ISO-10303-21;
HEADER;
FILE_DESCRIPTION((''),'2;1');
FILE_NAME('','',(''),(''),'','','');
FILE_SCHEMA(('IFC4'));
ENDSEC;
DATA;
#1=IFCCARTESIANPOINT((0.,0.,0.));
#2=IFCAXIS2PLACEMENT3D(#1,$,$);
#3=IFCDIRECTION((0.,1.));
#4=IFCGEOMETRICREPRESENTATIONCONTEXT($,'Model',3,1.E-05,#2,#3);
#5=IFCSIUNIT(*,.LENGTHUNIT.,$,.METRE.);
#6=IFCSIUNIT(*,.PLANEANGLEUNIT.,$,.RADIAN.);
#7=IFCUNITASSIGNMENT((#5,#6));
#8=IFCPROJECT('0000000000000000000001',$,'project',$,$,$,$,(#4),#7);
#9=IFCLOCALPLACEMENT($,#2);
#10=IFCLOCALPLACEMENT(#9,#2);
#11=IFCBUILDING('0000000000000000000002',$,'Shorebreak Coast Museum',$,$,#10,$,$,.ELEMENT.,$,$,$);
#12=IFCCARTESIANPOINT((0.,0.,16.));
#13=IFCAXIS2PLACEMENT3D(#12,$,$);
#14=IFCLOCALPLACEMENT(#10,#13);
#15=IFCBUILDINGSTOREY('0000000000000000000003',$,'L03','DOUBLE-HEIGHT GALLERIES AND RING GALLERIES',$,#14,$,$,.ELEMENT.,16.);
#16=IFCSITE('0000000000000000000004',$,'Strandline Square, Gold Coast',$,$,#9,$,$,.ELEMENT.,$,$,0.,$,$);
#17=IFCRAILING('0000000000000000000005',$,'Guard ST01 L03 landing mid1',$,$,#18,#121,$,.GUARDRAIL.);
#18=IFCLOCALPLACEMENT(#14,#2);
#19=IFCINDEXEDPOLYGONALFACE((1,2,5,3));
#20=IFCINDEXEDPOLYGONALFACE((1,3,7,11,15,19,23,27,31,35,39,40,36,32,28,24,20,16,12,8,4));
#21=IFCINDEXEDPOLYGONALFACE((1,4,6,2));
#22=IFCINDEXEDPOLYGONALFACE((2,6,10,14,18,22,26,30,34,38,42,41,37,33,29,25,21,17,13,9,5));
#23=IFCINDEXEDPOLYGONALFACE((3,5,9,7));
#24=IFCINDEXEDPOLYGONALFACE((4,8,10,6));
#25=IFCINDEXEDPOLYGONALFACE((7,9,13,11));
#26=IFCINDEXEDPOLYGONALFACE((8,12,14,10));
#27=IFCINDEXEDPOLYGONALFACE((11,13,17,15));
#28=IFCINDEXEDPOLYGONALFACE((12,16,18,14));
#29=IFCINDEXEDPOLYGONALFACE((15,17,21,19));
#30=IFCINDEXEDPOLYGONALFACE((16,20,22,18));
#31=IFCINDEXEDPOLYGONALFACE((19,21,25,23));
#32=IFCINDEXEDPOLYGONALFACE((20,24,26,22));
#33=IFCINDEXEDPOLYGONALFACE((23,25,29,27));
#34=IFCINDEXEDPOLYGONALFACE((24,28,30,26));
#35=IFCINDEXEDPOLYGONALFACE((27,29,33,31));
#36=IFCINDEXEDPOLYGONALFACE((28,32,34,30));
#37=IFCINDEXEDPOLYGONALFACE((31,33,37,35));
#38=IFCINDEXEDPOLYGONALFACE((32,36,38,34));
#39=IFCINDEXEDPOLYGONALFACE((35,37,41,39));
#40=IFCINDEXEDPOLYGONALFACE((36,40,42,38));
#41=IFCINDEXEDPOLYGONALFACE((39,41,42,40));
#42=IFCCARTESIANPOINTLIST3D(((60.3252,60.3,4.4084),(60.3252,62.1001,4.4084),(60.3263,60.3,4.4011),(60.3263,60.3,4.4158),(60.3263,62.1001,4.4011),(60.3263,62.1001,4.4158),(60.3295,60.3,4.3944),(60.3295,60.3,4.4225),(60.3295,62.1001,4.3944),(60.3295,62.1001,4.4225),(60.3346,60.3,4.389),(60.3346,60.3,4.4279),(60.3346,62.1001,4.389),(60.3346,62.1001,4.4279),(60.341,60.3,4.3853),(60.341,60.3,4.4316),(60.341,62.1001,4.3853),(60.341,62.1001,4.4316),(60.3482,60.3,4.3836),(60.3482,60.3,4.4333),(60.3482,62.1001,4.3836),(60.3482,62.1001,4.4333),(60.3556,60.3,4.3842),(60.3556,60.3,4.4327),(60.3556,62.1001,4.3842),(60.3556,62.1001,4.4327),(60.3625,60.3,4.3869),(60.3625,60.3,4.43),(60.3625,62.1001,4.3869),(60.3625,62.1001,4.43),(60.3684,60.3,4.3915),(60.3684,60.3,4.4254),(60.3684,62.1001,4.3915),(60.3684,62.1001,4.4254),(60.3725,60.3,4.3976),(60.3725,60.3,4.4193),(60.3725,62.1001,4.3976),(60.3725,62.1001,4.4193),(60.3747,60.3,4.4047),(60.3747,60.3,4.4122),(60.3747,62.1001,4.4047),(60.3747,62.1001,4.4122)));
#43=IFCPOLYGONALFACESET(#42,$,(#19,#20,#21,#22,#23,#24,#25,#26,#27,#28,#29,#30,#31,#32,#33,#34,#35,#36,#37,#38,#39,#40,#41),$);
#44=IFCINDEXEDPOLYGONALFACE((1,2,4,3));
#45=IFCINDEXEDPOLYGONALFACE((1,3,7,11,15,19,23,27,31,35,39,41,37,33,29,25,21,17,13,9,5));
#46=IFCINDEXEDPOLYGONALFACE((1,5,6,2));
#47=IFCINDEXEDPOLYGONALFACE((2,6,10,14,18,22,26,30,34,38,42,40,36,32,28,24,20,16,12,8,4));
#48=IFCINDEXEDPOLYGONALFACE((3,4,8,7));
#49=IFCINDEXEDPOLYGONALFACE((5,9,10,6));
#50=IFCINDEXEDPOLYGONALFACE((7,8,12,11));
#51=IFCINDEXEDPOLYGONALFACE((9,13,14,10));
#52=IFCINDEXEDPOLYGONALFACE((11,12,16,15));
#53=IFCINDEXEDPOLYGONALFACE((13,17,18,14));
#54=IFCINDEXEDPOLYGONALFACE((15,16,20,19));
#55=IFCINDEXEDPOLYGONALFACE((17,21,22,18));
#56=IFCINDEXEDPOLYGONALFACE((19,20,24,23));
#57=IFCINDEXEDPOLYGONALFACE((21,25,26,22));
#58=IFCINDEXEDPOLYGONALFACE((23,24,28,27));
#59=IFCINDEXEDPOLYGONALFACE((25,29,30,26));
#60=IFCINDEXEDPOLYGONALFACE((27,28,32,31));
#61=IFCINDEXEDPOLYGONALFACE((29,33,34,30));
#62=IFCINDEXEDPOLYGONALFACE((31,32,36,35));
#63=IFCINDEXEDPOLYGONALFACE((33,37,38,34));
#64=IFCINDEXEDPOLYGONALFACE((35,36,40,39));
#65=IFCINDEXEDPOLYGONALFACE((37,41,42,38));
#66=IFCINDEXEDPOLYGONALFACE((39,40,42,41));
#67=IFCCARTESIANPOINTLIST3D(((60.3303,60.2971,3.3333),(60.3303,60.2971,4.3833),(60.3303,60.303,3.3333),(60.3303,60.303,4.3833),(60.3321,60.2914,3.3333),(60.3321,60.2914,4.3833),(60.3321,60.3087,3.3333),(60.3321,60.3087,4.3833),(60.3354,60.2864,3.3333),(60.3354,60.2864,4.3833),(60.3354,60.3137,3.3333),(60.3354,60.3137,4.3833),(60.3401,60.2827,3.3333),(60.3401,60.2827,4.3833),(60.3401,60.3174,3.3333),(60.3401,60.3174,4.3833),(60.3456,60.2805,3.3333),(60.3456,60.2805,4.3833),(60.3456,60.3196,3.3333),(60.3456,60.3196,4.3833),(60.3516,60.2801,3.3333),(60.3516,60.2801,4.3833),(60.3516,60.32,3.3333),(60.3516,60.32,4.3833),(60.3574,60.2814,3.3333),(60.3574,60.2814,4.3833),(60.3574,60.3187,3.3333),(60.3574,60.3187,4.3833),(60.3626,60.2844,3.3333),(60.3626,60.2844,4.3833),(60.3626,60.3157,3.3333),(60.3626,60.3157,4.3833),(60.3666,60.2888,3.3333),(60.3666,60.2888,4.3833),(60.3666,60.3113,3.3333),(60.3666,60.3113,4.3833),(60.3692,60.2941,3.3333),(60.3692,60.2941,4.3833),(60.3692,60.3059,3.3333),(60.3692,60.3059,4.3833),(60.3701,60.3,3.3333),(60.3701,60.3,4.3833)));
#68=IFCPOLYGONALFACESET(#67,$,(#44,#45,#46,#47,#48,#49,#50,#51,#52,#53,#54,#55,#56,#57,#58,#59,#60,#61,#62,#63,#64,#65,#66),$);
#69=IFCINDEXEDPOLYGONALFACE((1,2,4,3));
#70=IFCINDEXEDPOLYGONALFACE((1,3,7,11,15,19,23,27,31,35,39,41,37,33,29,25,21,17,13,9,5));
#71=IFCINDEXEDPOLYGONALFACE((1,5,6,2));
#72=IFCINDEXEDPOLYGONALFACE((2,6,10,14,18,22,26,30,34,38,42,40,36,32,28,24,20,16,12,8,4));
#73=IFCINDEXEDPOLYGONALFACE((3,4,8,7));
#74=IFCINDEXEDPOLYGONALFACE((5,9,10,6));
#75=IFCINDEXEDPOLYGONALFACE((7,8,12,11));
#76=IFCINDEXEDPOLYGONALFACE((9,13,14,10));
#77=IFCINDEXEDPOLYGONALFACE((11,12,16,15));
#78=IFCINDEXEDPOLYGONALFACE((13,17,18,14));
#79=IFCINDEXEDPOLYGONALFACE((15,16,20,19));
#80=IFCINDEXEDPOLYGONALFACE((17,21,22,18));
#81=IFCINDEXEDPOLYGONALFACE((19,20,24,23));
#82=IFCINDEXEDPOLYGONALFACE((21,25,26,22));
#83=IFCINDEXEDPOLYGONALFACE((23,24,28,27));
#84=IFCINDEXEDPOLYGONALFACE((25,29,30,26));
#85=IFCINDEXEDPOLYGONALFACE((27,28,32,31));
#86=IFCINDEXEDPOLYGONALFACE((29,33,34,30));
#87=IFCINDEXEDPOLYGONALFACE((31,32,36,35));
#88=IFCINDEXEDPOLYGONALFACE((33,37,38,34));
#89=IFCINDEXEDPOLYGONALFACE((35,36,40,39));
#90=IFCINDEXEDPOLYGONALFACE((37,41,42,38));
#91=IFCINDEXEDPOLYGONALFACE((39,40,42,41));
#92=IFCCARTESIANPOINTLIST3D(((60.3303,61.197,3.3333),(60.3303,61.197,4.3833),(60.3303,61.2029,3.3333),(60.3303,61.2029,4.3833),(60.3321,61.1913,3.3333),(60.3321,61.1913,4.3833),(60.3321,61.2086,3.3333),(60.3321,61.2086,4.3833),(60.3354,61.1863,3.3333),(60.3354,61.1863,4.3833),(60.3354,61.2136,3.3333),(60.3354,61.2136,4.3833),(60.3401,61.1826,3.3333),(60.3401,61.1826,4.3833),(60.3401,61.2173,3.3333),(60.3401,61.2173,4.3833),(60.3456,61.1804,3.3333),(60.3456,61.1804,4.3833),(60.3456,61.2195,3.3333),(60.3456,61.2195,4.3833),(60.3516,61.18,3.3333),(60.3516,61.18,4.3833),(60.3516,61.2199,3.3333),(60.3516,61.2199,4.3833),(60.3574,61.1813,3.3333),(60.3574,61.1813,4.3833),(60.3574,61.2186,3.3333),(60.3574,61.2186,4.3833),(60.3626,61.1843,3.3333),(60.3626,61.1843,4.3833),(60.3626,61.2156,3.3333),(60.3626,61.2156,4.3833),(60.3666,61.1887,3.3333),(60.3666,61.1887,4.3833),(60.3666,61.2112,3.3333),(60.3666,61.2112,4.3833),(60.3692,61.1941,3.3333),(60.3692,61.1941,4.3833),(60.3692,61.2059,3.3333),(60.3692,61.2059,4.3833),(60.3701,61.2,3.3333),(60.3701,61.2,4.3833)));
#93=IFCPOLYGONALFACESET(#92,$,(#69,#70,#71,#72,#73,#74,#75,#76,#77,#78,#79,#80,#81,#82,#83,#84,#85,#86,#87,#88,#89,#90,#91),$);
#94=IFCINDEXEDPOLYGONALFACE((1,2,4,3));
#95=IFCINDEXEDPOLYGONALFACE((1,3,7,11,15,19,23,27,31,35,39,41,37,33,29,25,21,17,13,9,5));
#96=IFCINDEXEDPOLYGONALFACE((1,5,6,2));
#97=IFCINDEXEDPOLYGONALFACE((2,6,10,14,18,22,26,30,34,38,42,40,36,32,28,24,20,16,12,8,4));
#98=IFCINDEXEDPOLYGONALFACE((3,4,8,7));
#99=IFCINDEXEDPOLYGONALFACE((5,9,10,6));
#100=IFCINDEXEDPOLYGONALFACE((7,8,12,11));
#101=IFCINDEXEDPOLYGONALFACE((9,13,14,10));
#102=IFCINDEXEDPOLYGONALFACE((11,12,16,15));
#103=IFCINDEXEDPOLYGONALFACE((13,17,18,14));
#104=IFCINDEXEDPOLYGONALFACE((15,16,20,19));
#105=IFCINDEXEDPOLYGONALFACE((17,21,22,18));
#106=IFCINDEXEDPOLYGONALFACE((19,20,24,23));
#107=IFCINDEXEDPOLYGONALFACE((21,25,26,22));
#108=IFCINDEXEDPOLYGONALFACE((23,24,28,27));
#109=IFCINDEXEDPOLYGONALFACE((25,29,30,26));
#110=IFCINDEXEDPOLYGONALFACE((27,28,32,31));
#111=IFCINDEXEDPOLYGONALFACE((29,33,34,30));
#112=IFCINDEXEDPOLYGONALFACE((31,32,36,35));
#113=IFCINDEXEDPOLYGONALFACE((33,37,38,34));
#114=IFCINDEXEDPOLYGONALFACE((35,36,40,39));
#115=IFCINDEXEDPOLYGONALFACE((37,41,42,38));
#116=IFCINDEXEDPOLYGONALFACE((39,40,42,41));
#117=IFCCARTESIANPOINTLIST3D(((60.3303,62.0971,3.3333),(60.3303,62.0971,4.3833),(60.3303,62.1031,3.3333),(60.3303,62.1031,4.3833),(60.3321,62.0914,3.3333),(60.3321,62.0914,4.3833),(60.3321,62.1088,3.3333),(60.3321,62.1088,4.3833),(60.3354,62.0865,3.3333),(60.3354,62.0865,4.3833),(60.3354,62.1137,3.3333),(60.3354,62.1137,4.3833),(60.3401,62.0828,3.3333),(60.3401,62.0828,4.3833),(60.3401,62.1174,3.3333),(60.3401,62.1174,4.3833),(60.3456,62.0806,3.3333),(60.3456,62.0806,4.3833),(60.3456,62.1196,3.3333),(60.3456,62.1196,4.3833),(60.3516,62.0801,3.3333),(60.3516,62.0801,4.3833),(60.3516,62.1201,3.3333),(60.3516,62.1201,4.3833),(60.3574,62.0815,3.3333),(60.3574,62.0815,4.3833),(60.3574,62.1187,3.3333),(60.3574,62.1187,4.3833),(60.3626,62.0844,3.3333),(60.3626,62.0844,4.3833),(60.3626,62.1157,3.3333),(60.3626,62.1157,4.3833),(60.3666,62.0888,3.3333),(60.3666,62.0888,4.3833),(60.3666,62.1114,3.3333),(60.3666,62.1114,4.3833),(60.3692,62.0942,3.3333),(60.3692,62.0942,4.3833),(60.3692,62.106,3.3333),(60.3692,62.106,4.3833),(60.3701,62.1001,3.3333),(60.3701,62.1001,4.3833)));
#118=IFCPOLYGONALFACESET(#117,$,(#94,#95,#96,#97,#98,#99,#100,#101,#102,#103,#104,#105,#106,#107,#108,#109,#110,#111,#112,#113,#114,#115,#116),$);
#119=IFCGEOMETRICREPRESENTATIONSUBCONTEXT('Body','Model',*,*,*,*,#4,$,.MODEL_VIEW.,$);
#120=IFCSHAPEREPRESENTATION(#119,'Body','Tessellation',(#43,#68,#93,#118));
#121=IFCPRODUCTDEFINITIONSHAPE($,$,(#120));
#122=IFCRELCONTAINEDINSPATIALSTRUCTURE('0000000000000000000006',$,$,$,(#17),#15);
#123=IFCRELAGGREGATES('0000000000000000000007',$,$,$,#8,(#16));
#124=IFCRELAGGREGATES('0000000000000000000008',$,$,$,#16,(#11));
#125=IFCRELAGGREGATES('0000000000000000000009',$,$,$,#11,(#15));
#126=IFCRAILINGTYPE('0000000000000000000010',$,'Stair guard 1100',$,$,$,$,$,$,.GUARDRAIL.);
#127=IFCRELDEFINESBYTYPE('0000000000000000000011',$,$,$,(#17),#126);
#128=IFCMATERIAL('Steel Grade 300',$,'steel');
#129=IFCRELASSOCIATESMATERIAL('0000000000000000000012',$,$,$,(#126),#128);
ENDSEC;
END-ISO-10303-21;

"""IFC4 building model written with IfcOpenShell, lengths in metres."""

from ifc_helpers import new_model, si_unit, direction, frame, origin, origin_2d, place, context, subcontext, project, spatial, circle, extrude, material, type_object, element, save


model = new_model("IFC4")

# Units and contexts
model_context = context("Model", 3, precision=1e-05, world=origin(), true_north=direction((0.0, 1.0)))
body_context = subcontext(model_context, "Body", "Model", "MODEL_VIEW")
ifc_project = project(units=[si_unit("LENGTHUNIT", "METRE"), si_unit("PLANEANGLEUNIT", "RADIAN")], contexts=[model_context])

# Site, building, storey
site_placement = place(None, origin())
site = spatial("IfcSite", under=ifc_project, at=site_placement, Name="Strandline Square, Gold Coast", CompositionType="ELEMENT", RefElevation=0.0)
building_placement = place(site_placement, origin())
building = spatial("IfcBuilding", under=site, at=building_placement, Name="Shorebreak Coast Museum", CompositionType="ELEMENT")
storey_placement = place(building_placement, frame((0.0, 0.0, 16.0)))
storey = spatial("IfcBuildingStorey", under=building, at=storey_placement, Name="L03", Description="DOUBLE-HEIGHT GALLERIES AND RING GALLERIES", CompositionType="ELEMENT", Elevation=16.0)

# Railing
ifc_material_1 = material(Name="Steel Grade 300", Category="steel")
railing_type_1 = type_object("IfcRailingType", Name="Stair guard 1100", PredefinedType="GUARDRAIL", material=ifc_material_1)
railing_1_placement = place(storey_placement, frame((60.3501, 60.3, 3.3333)))
element("IfcRailing", 1, at=railing_1_placement, inside=storey, type_object=railing_type_1, Name="Guard ST01 L03 landing mid1", PredefinedType="GUARDRAIL", context=body_context, shape_type="SweptSolid", body=[
    extrude(circle(Radius=0.0249, at=origin_2d()), frame((0.0, 0.0, 1.0752), z_axis=(0.0, 1.0, 0.0), x_axis=(-1.0, 0.0, 0.0)), (0.0, 0.0, 1.0), 1.8),
    extrude(circle(Radius=0.02, at=origin_2d()), origin(), (0.0, 0.0, 1.0), 1.05),
    extrude(circle(Radius=0.02, at=origin_2d()), frame((0.0, 0.8999, 0.0)), (0.0, 0.0, 1.0), 1.05),
    extrude(circle(Radius=0.02, at=origin_2d()), frame((0.0, 1.8, 0.0)), (0.0, 0.0, 1.0), 1.05),
])

save(model, "model.ifc")
